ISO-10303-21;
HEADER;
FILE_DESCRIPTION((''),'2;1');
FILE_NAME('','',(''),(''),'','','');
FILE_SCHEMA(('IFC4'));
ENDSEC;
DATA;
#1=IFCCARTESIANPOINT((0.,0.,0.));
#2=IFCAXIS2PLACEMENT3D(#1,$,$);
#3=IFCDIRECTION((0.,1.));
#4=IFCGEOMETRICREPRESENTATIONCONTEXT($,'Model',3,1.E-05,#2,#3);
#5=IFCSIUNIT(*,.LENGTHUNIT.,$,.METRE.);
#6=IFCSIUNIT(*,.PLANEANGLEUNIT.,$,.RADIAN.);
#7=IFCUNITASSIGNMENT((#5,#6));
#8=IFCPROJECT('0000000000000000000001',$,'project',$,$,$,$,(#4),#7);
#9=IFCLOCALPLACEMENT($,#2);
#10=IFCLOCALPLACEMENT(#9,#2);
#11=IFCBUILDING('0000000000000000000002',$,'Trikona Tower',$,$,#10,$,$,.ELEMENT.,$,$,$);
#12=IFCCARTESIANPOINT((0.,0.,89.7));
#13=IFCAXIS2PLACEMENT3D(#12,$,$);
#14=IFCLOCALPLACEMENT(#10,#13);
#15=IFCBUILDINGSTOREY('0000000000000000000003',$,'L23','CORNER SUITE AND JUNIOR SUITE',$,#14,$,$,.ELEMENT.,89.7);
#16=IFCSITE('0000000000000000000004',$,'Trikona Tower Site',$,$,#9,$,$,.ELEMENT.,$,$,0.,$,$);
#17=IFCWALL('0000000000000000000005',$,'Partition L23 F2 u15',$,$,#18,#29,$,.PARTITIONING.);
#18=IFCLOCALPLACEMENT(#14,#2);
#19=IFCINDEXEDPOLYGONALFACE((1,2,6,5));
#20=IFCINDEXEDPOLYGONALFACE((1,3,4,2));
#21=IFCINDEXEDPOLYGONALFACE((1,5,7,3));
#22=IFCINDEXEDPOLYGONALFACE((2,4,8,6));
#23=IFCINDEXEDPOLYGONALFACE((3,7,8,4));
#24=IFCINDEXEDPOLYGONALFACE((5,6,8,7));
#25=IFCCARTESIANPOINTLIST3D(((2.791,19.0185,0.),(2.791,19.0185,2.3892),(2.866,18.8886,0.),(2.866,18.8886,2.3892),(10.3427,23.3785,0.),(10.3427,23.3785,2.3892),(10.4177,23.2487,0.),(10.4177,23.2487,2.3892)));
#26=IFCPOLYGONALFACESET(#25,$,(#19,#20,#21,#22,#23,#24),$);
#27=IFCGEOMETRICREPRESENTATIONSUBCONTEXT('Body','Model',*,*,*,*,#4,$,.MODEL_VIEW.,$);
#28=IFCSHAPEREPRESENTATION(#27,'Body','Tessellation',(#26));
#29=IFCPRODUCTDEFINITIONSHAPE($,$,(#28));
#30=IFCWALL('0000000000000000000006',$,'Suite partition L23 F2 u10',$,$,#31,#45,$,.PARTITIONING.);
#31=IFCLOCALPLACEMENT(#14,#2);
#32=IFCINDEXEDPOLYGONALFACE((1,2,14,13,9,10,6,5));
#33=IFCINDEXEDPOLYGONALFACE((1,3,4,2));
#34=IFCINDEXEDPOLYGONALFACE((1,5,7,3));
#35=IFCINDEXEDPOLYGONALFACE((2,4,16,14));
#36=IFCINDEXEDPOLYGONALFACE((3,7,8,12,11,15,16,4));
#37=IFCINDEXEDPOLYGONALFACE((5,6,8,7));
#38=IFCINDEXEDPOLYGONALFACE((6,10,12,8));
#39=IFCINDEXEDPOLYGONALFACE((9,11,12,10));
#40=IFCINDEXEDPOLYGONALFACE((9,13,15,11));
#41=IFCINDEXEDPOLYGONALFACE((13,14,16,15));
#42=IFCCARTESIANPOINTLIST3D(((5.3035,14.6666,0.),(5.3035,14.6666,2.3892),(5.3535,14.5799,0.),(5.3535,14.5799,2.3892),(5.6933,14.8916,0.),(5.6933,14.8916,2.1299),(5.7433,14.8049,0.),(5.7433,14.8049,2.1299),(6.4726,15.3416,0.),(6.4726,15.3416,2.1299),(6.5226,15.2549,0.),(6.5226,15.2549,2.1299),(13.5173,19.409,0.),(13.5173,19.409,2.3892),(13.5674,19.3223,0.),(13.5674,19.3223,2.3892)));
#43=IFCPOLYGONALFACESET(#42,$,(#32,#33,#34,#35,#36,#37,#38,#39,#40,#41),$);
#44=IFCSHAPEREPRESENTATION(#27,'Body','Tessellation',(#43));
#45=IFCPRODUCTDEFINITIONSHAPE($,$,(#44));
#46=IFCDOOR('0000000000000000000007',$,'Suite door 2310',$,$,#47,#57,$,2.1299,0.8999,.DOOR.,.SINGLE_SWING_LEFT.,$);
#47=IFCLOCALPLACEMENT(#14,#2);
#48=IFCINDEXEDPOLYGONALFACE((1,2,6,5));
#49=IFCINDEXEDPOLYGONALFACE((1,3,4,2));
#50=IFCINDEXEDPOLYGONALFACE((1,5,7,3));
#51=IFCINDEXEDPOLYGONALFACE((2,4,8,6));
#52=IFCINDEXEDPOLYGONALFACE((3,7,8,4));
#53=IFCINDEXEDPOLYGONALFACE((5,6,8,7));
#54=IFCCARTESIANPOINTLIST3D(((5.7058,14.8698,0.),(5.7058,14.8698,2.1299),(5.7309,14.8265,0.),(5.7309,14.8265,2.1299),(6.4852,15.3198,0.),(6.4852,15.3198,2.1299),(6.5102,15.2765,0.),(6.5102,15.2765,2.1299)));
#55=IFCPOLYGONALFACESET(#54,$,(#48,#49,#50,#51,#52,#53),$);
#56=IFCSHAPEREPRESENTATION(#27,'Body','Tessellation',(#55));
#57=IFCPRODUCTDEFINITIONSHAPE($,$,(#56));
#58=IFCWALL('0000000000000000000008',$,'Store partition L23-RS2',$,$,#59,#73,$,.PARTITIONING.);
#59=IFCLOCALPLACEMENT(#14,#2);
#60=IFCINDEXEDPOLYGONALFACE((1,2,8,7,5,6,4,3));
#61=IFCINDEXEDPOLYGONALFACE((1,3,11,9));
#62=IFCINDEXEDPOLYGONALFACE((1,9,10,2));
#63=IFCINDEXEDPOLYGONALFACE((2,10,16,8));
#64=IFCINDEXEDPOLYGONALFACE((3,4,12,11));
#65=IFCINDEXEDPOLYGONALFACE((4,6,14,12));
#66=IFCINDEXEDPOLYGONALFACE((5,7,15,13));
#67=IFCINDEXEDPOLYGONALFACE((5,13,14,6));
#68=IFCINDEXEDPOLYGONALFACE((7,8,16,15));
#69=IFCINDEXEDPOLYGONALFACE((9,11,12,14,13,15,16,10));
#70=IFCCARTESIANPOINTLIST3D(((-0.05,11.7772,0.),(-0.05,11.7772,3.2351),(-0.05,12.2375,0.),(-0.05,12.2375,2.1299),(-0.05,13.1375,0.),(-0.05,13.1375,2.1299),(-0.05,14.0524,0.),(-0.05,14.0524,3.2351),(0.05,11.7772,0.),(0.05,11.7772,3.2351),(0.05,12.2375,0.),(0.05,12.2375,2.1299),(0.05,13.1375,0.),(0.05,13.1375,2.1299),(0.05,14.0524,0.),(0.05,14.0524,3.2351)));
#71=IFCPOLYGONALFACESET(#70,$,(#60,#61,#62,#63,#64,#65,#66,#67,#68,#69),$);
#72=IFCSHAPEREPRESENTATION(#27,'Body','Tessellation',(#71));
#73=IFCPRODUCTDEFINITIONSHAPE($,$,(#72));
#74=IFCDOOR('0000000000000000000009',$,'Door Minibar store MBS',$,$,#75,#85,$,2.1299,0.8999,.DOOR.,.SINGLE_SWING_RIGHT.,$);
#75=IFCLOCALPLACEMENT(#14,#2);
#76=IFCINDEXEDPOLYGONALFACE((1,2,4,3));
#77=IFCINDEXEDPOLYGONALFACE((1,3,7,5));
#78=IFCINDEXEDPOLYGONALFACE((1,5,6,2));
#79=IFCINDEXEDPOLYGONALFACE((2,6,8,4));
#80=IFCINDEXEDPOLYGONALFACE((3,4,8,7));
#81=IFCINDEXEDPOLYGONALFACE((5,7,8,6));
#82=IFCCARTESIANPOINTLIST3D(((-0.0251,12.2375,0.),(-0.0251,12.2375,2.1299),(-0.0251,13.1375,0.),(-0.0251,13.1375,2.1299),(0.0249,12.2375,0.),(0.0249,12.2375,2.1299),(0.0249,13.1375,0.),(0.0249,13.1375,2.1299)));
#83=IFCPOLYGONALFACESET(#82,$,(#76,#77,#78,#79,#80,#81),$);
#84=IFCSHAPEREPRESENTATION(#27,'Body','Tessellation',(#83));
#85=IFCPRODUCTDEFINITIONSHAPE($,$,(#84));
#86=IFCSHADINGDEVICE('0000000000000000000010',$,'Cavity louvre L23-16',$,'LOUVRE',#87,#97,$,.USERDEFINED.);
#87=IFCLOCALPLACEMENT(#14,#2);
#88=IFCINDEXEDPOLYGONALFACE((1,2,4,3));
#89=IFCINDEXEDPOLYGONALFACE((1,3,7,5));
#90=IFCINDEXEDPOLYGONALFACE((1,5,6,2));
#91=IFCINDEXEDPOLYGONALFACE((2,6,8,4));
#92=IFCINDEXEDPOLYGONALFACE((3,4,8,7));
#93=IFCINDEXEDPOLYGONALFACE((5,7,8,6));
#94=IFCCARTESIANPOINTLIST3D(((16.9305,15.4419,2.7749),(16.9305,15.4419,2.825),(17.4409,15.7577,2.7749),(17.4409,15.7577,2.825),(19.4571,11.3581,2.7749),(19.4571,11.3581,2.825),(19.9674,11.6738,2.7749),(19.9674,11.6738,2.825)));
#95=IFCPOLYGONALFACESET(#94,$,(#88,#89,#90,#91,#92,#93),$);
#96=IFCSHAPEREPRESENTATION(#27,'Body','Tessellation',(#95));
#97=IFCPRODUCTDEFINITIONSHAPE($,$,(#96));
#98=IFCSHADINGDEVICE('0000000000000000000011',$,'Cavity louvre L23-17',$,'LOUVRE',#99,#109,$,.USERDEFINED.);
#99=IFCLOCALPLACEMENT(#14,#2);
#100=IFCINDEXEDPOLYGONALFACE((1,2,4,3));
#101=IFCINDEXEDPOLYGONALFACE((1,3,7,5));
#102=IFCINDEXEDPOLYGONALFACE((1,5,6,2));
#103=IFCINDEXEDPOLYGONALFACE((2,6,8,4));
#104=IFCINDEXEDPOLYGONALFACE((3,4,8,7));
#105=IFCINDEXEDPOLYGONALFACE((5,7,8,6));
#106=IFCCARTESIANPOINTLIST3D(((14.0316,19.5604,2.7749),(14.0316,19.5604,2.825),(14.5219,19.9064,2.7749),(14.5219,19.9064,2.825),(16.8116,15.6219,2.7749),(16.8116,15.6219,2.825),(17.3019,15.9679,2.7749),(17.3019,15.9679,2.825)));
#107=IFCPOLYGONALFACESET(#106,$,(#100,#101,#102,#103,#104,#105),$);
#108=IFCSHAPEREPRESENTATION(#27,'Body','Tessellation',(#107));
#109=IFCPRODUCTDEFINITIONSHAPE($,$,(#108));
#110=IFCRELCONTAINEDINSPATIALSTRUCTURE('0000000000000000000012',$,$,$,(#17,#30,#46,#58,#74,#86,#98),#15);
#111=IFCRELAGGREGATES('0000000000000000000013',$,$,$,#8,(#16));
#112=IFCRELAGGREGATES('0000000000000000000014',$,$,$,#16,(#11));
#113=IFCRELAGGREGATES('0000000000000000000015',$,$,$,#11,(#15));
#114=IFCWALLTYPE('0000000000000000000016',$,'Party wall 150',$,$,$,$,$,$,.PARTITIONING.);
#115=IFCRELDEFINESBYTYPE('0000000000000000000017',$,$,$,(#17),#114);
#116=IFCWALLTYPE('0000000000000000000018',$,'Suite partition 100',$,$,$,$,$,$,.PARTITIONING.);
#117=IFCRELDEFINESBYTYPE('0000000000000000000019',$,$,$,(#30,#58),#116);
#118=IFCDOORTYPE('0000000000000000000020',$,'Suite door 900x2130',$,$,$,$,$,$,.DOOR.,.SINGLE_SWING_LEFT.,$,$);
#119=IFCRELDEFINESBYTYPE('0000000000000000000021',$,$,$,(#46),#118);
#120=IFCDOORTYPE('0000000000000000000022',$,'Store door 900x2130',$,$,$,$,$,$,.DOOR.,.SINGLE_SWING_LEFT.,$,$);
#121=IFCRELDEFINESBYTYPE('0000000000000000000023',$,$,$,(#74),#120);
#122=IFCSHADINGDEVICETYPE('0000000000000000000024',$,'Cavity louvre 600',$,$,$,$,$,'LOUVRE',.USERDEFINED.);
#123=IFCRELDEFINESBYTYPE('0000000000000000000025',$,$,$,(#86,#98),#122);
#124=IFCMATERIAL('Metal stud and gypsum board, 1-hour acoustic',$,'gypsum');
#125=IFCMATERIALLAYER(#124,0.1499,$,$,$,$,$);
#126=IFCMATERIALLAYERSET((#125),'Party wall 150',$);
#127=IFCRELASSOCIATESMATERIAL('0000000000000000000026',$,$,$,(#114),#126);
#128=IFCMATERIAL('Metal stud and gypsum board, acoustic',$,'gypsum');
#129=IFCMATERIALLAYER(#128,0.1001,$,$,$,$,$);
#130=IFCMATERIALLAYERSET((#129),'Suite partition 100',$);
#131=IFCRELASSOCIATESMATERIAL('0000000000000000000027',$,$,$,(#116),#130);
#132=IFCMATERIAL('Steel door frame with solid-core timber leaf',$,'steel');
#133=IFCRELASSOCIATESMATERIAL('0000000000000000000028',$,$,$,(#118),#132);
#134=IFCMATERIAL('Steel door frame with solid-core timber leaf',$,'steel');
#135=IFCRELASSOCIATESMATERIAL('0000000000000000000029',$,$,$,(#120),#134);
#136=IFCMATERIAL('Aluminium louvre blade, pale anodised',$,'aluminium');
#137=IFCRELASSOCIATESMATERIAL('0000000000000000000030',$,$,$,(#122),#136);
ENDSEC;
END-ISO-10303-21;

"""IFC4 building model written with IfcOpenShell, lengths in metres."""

from ifc_helpers import new_model, si_unit, direction, frame, frame_2d, origin, origin_2d, place, context, subcontext, project, spatial, rectangle, extrude, material, layer, layer_set, type_object, element, fill, save


model = new_model("IFC4")

# Units and contexts
model_context = context("Model", 3, precision=1e-05, world=origin(), true_north=direction((0.0, 1.0)))
body_context = subcontext(model_context, "Body", "Model", "MODEL_VIEW")
ifc_project = project(units=[si_unit("LENGTHUNIT", "METRE"), si_unit("PLANEANGLEUNIT", "RADIAN")], contexts=[model_context])

# Site, building, storey
site_placement = place(None, origin())
site = spatial("IfcSite", under=ifc_project, at=site_placement, Name="Trikona Tower Site", CompositionType="ELEMENT", RefElevation=0.0)
building_placement = place(site_placement, origin())
building = spatial("IfcBuilding", under=site, at=building_placement, Name="Trikona Tower", CompositionType="ELEMENT")
storey_placement = place(building_placement, frame((0.0, 0.0, 89.7)))
storey = spatial("IfcBuildingStorey", under=building, at=storey_placement, Name="L23", Description="CORNER SUITE AND JUNIOR SUITE", CompositionType="ELEMENT", Elevation=89.7)

# Wall
ifc_material_1 = material(Name="Metal stud and gypsum board, 1-hour acoustic", Category="gypsum")
ifc_layer_1 = layer(ifc_material_1, 0.1499)
ifc_layer_set_1 = layer_set([ifc_layer_1], Name="Party wall 150")
wall_type_1 = type_object("IfcWallType", Name="Party wall 150", PredefinedType="PARTITIONING", material=ifc_layer_set_1)
wall_1_placement = place(storey_placement, frame((2.8286, 18.9536, 0.0), z_axis=(0.0, 0.0, 1.0), x_axis=(0.866021, 0.500008, 0.0)))
element("IfcWall", 1, at=wall_1_placement, inside=storey, type_object=wall_type_1, Name="Partition L23 F2 u15", PredefinedType="PARTITIONING", context=body_context, shape_type="SweptSolid", body=[
    extrude(rectangle(XDim=8.72, YDim=0.1499, at=frame_2d((4.3599, 0.0))), origin(), (0.0, 0.0, 1.0), 2.3892),
])

# Walls, openings, doors
ifc_material_2 = material(Name="Metal stud and gypsum board, acoustic", Category="gypsum")
ifc_layer_2 = layer(ifc_material_2, 0.1001)
ifc_layer_set_2 = layer_set([ifc_layer_2], Name="Suite partition 100")
wall_type_2 = type_object("IfcWallType", Name="Suite partition 100", PredefinedType="PARTITIONING", material=ifc_layer_set_2)
wall_2_placement = place(storey_placement, frame((5.3286, 14.6233, 0.0), z_axis=(0.0, 0.0, 1.0), x_axis=(0.866018, 0.500012, 0.0)))
wall_2 = element("IfcWall", 2, at=wall_2_placement, inside=storey, type_object=wall_type_2, Name="Suite partition L23 F2 u10", PredefinedType="PARTITIONING", context=body_context, shape_type="SweptSolid", body=[
    extrude(rectangle(XDim=9.4846, YDim=0.1001, at=frame_2d((4.7422, 0.0))), origin(), (0.0, 0.0, 1.0), 2.3892),
])
opening_1_placement = place(wall_2_placement, frame((0.45, 0.0, 0.0)))
opening_1 = element("IfcOpeningElement", 3, at=opening_1_placement, cuts=wall_2, PredefinedType="OPENING", context=body_context, shape_type="SweptSolid", body=[
    extrude(rectangle(XDim=0.8999, YDim=2.1299, at=frame_2d((0.45, 1.0649))), frame((0.0, 0.0601, 0.0), z_axis=(0.0, -1.0, 0.0), x_axis=(1.0, 0.0, 0.0)), (0.0, 0.0, 1.0), 0.1201),
])
ifc_material_3 = material(Name="Steel door frame with solid-core timber leaf", Category="steel")
door_type_1 = type_object("IfcDoorType", Name="Suite door 900x2130", OperationType="SINGLE_SWING_LEFT", PredefinedType="DOOR", material=ifc_material_3)
door_1_placement = place(opening_1_placement, origin())
door_1 = element("IfcDoor", 4, at=door_1_placement, inside=storey, type_object=door_type_1, Name="Suite door 2310", OperationType="SINGLE_SWING_LEFT", OverallHeight=2.1299, OverallWidth=0.8999, PredefinedType="DOOR", context=body_context, shape_type="SweptSolid", body=[
    extrude(rectangle(XDim=0.8999, YDim=2.1299, at=frame_2d((0.45, 1.0649))), frame((0.0, 0.0249, 0.0), z_axis=(0.0, -1.0, 0.0), x_axis=(1.0, 0.0, 0.0)), (0.0, 0.0, 1.0), 0.05),
])
fill(opening_1, door_1)
wall_3_placement = place(storey_placement, frame((0.0, 14.0525, 0.0), z_axis=(0.0, 0.0, 1.0), x_axis=(0.0, -1.0, 0.0)))
wall_3 = element("IfcWall", 5, at=wall_3_placement, inside=storey, type_object=wall_type_2, Name="Store partition L23-RS2", PredefinedType="PARTITIONING", context=body_context, shape_type="SweptSolid", body=[
    extrude(rectangle(XDim=2.2751, YDim=0.1001, at=frame_2d((1.1377, 0.0))), origin(), (0.0, 0.0, 1.0), 3.2351),
])
opening_2_placement = place(wall_3_placement, frame((0.915, 0.0, 0.0)))
opening_2 = element("IfcOpeningElement", 6, at=opening_2_placement, cuts=wall_3, PredefinedType="OPENING", context=body_context, shape_type="SweptSolid", body=[
    extrude(rectangle(XDim=0.8999, YDim=2.1299, at=frame_2d((0.45, 1.0649))), frame((0.0, 0.0601, 0.0), z_axis=(0.0, -1.0, 0.0), x_axis=(1.0, 0.0, 0.0)), (0.0, 0.0, 1.0), 0.1201),
])
ifc_material_4 = material(Name="Steel door frame with solid-core timber leaf", Category="steel")
door_type_2 = type_object("IfcDoorType", Name="Store door 900x2130", OperationType="SINGLE_SWING_LEFT", PredefinedType="DOOR", material=ifc_material_4)
door_2_placement = place(opening_2_placement, origin())
door_2 = element("IfcDoor", 7, at=door_2_placement, inside=storey, type_object=door_type_2, Name="Door Minibar store MBS", OperationType="SINGLE_SWING_RIGHT", OverallHeight=2.1299, OverallWidth=0.8999, PredefinedType="DOOR", context=body_context, shape_type="SweptSolid", body=[
    extrude(rectangle(XDim=0.8999, YDim=2.1299, at=frame_2d((0.45, 1.0649))), frame((0.0, 0.0249, 0.0), z_axis=(0.0, -1.0, 0.0), x_axis=(1.0, 0.0, 0.0)), (0.0, 0.0, 1.0), 0.05),
])
fill(opening_2, door_2)

# Shading devices
ifc_material_5 = material(Name="Aluminium louvre blade, pale anodised", Category="aluminium")
shading_device_type = type_object("IfcShadingDeviceType", Name="Cavity louvre 600", ElementType="LOUVRE", PredefinedType="USERDEFINED", material=ifc_material_5)
shading_device_1_placement = place(storey_placement, frame((18.449, 13.5579, 2.7749), z_axis=(0.0, 0.0, 1.0), x_axis=(-0.526119, 0.850411, 0.0)))
element("IfcShadingDevice", 8, at=shading_device_1_placement, inside=storey, type_object=shading_device_type, Name="Cavity louvre L23-16", ObjectType="LOUVRE", PredefinedType="USERDEFINED", context=body_context, shape_type="SweptSolid", body=[
    extrude(rectangle(XDim=4.8022, YDim=0.6001, at=origin_2d()), origin(), (0.0, 0.0, 1.0), 0.05),
])
shading_device_2_placement = place(storey_placement, frame((15.6667, 17.7642, 2.7749), z_axis=(0.0, 0.0, 1.0), x_axis=(-0.576662, 0.816983, 0.0)))
element("IfcShadingDevice", 9, at=shading_device_2_placement, inside=storey, type_object=shading_device_type, Name="Cavity louvre L23-17", ObjectType="LOUVRE", PredefinedType="USERDEFINED", context=body_context, shape_type="SweptSolid", body=[
    extrude(rectangle(XDim=4.8208, YDim=0.6001, at=origin_2d()), origin(), (0.0, 0.0, 1.0), 0.05),
])

save(model, "model.ifc")
